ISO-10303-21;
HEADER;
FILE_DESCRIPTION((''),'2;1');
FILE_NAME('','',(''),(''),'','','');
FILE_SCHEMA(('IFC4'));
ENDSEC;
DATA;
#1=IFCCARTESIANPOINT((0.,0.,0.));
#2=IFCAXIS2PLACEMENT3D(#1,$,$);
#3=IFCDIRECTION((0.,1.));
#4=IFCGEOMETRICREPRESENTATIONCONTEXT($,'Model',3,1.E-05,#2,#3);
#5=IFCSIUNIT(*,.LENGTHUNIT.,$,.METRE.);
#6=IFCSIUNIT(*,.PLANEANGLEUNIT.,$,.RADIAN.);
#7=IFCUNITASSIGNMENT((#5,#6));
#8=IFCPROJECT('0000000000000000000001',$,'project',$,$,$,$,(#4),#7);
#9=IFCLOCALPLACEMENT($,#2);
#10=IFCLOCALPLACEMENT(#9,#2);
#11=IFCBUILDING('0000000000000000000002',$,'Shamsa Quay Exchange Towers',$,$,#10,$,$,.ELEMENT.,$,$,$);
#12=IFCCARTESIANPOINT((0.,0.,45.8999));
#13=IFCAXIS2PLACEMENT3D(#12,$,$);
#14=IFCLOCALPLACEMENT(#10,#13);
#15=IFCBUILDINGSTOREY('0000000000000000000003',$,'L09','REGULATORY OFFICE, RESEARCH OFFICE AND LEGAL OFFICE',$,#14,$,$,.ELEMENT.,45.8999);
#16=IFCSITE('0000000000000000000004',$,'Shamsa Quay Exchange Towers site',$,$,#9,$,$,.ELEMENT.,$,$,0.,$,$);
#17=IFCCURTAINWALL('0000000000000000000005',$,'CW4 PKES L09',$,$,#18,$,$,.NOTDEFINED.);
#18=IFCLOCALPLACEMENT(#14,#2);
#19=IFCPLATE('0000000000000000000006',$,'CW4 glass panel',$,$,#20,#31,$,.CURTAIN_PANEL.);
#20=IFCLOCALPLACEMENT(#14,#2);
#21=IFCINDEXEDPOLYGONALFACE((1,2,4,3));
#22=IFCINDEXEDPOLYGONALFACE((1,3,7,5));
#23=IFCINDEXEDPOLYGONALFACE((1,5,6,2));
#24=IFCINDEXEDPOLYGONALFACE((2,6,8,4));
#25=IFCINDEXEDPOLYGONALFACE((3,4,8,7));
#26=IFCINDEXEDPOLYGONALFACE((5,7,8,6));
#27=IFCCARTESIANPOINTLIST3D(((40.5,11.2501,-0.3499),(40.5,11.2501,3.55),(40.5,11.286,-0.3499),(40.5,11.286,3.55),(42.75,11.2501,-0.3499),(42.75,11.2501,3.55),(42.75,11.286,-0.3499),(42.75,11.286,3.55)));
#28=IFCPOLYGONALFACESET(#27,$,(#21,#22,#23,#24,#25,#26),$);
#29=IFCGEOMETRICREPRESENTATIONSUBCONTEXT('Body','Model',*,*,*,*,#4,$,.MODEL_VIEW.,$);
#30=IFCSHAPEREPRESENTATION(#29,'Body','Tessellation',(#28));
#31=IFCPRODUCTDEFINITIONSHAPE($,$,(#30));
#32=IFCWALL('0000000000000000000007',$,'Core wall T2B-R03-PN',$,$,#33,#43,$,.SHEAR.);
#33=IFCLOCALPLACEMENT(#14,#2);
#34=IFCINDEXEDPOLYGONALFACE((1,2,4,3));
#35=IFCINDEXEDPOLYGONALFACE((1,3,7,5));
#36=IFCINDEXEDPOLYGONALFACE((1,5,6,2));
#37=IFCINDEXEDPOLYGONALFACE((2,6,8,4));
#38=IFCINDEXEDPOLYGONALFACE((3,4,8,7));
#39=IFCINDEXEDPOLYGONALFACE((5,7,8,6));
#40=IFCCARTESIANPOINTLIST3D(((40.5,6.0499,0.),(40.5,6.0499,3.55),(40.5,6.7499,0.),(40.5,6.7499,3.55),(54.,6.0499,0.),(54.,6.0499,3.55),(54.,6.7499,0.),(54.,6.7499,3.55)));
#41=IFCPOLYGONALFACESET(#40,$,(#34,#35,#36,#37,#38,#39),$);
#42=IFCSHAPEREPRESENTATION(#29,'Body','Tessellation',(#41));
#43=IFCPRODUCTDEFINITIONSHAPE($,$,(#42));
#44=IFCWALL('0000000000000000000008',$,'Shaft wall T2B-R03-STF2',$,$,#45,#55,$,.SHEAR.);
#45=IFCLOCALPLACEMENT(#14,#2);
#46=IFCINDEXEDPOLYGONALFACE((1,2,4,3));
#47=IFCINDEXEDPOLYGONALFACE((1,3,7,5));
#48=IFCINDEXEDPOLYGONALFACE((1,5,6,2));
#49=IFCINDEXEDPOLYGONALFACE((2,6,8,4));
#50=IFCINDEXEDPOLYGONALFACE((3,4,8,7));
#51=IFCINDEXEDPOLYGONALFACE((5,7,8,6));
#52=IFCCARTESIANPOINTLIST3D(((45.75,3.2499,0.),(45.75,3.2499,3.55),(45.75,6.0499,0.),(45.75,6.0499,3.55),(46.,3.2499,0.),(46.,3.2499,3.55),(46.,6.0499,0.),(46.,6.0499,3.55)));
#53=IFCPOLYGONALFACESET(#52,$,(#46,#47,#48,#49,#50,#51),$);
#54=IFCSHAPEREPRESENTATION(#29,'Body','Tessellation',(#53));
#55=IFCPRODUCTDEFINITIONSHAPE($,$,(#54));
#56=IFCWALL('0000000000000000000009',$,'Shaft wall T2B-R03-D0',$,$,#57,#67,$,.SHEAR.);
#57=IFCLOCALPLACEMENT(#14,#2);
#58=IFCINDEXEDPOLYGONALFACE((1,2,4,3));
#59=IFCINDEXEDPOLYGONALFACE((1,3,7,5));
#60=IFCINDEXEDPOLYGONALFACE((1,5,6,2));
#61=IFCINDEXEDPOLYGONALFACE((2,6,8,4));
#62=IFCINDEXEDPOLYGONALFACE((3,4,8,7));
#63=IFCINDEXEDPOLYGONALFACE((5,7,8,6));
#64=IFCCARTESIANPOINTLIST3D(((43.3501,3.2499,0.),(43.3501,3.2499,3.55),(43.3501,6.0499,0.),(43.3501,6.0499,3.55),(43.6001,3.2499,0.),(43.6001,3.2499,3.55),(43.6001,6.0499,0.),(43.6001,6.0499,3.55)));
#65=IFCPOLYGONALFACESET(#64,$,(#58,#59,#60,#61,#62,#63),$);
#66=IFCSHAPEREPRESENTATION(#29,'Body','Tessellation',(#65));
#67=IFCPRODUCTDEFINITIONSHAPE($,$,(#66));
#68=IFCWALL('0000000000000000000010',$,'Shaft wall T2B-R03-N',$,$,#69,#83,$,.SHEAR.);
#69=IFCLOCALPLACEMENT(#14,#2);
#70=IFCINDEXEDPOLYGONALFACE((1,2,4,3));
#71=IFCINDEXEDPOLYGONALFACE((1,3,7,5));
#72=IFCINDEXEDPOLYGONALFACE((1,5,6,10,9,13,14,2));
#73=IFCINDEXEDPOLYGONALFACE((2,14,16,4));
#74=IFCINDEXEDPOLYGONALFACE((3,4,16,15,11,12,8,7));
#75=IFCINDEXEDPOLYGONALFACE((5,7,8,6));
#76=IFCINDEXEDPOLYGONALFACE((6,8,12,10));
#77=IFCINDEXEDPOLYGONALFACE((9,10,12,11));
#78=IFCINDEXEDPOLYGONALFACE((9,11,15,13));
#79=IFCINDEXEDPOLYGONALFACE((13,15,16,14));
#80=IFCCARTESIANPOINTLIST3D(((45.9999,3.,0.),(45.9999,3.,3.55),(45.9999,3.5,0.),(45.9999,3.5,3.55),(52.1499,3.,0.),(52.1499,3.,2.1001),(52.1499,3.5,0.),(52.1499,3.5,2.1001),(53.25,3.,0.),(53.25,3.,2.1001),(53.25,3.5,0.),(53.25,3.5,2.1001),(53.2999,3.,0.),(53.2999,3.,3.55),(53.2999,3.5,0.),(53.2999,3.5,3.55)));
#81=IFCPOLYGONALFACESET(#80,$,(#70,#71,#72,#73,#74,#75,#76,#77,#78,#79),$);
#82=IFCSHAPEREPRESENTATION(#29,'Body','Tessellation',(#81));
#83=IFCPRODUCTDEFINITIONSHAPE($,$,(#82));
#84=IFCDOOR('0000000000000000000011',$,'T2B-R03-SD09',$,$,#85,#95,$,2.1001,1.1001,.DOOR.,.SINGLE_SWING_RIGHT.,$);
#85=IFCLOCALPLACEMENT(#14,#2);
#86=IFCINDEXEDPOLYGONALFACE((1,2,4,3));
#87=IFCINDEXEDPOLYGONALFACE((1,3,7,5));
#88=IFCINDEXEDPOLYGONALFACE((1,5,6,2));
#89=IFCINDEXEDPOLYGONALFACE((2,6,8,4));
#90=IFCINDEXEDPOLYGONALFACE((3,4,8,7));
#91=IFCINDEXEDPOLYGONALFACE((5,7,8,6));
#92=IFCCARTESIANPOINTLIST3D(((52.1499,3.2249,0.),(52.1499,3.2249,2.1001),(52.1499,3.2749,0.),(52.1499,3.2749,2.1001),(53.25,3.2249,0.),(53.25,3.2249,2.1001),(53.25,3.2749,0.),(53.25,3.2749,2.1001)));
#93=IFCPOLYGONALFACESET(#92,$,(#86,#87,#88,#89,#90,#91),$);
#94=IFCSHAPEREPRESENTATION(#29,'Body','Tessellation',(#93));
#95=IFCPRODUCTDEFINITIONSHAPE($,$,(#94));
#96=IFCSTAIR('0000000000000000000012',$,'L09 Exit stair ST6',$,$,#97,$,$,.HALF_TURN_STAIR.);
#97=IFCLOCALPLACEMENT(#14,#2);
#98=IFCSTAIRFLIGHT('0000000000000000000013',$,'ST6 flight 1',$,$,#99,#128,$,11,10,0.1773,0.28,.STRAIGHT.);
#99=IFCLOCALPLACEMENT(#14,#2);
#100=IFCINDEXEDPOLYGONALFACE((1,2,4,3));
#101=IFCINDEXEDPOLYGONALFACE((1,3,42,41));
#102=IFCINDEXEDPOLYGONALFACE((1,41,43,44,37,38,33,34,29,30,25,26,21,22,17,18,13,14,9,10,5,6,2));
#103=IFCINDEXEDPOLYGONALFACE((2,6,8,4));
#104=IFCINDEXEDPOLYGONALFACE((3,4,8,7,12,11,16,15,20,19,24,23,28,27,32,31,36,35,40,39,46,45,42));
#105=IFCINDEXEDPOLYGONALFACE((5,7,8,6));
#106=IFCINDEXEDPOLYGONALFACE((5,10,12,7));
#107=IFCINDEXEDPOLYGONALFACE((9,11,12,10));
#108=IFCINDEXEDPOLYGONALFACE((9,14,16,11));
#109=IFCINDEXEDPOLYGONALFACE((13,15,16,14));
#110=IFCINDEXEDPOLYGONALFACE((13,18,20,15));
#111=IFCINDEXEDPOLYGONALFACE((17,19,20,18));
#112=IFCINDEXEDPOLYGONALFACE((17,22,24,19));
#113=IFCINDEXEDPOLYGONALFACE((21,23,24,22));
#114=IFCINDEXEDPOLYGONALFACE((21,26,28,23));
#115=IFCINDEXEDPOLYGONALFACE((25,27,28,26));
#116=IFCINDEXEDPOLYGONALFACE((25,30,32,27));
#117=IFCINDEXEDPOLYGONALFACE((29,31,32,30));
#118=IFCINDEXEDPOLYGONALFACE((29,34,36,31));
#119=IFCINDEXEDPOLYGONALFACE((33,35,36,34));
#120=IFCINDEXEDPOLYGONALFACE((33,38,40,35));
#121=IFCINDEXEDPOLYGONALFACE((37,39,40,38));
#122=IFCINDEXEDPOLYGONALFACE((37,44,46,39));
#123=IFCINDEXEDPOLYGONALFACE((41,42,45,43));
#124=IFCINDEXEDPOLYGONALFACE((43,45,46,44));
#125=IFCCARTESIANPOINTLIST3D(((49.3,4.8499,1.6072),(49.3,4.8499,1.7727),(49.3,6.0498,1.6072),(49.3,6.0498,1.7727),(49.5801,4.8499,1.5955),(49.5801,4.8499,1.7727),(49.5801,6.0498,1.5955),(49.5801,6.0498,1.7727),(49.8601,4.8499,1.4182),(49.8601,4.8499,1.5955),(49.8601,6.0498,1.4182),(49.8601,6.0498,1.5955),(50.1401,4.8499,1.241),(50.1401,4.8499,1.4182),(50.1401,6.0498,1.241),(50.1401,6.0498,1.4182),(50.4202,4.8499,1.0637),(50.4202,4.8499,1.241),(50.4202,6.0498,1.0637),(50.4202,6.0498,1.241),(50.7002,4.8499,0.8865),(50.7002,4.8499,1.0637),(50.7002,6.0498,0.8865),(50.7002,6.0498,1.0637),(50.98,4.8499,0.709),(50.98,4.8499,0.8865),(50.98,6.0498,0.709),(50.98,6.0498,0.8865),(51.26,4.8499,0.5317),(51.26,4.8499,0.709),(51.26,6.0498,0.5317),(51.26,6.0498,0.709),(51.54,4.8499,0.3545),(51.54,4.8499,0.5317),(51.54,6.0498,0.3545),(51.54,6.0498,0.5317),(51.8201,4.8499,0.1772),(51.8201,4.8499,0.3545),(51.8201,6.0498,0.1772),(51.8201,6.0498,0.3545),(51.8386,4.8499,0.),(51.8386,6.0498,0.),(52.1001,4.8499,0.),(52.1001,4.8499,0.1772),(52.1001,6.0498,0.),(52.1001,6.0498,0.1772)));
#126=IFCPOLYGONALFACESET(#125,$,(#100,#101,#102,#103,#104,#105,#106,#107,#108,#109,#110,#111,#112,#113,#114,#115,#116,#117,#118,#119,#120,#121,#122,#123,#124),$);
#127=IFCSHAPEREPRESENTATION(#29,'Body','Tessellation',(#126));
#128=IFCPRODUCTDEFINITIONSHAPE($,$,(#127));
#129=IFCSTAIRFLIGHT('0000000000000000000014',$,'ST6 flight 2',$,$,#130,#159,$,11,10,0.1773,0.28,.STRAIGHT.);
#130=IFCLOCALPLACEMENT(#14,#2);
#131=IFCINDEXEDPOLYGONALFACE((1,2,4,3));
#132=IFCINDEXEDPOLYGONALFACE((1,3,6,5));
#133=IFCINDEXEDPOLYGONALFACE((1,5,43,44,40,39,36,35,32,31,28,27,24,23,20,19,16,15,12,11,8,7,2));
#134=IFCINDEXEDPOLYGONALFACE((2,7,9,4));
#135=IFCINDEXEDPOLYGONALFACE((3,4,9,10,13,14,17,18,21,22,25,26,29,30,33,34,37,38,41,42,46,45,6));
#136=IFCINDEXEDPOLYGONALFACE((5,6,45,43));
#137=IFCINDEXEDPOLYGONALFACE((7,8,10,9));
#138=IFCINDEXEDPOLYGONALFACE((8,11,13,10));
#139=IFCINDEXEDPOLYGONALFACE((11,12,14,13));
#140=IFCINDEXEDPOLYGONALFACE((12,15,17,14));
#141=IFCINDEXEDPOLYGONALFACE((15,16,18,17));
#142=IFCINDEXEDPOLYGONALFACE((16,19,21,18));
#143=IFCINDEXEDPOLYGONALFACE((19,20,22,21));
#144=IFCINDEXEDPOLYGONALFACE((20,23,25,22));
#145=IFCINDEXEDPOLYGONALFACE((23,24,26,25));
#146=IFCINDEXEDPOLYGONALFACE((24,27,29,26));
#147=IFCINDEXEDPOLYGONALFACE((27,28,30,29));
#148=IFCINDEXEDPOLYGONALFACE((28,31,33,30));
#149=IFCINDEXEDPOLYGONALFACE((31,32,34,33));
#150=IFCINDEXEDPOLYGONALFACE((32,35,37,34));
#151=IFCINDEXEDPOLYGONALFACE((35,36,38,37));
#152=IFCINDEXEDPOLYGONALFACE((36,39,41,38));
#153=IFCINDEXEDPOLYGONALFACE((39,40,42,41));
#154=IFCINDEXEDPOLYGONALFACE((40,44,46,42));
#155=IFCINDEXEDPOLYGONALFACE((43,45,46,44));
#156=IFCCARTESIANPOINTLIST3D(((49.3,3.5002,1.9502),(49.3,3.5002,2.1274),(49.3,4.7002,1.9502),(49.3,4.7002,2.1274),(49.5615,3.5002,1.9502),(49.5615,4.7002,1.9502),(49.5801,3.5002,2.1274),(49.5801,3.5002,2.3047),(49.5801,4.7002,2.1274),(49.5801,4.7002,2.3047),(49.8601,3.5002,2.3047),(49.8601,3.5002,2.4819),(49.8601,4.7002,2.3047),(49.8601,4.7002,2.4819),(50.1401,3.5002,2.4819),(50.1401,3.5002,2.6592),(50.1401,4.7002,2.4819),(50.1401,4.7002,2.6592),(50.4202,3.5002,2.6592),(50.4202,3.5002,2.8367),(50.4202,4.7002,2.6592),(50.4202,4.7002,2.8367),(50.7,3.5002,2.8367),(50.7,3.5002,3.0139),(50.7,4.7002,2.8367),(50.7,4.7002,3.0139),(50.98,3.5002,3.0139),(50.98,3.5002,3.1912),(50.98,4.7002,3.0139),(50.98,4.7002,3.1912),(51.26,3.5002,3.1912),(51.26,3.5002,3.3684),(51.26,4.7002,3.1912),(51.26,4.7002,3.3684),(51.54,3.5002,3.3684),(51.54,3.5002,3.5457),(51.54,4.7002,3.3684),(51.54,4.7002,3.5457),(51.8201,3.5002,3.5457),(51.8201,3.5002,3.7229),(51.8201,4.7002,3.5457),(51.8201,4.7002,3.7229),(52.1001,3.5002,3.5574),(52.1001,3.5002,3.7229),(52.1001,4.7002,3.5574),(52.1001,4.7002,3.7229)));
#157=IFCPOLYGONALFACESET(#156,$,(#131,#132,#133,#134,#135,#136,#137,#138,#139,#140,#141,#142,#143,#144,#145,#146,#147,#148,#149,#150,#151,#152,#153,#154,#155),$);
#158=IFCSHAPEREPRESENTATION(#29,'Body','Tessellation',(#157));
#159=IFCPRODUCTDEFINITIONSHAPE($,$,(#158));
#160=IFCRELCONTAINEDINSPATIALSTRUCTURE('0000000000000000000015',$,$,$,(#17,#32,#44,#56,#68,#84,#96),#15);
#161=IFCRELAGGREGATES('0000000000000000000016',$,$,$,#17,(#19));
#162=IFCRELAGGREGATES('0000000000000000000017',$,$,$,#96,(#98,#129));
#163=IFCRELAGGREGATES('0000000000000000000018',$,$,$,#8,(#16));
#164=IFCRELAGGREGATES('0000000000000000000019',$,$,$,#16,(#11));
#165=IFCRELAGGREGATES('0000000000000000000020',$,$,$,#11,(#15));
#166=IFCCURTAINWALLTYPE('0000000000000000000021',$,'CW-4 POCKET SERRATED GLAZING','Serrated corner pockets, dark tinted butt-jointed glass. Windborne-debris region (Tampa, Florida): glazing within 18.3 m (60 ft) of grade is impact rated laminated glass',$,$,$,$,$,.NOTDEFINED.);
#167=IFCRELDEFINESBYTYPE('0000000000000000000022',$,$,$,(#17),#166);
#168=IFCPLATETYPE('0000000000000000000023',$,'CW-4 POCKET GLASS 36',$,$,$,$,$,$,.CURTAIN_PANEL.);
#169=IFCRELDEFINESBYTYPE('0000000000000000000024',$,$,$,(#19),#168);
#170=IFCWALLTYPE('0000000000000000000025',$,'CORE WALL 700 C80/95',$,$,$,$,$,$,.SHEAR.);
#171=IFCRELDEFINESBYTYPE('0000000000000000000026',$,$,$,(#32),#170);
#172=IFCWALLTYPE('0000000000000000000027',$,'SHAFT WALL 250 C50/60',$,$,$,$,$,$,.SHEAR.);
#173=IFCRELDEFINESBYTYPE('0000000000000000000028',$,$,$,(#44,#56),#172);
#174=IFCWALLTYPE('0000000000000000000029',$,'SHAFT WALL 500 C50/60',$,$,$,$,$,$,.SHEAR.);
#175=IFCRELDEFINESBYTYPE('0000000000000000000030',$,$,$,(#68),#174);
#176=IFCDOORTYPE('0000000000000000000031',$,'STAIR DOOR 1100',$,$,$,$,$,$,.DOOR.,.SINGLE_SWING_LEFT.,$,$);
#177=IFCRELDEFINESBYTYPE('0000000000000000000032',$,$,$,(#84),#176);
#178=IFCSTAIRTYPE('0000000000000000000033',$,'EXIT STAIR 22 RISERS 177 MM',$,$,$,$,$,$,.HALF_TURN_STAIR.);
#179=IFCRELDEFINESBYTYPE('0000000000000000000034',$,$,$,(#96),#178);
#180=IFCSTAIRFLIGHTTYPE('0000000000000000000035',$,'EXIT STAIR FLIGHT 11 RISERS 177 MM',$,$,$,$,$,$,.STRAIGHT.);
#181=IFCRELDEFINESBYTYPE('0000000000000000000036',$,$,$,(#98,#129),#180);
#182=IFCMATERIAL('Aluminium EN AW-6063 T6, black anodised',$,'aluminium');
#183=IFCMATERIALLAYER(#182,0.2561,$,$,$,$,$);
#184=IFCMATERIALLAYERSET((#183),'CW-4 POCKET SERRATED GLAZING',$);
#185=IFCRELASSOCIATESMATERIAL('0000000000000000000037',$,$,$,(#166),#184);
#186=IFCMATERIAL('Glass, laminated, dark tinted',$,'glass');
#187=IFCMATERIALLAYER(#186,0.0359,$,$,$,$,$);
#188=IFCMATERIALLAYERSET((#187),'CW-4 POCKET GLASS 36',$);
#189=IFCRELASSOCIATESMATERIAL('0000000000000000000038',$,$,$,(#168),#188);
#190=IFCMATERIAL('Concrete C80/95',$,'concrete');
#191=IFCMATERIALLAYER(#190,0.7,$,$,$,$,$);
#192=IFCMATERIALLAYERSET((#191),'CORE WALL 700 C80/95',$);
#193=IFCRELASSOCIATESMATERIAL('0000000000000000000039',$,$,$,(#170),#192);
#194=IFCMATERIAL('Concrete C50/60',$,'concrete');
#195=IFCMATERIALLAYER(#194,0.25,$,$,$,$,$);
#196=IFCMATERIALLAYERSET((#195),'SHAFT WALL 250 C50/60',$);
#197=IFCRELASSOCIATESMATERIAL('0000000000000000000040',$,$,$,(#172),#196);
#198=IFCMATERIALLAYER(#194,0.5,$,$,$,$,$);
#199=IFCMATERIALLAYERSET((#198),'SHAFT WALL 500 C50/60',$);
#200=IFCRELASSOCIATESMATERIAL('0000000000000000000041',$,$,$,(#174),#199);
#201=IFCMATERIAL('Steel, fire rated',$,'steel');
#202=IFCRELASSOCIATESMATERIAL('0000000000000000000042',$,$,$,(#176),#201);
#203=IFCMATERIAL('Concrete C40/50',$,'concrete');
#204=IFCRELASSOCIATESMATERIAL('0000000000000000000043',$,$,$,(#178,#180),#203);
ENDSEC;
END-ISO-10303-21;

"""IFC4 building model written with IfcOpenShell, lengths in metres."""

from ifc_helpers import new_model, si_unit, direction, frame, frame_2d, origin, origin_2d, place, context, subcontext, project, spatial, polyline, rectangle, outline, extrude, material, layer, layer_set, type_object, element, fill, aggregate, save


model = new_model("IFC4")

# Units and contexts
model_context = context("Model", 3, precision=1e-05, world=origin(), true_north=direction((0.0, 1.0)))
body_context = subcontext(model_context, "Body", "Model", "MODEL_VIEW")
ifc_project = project(units=[si_unit("LENGTHUNIT", "METRE"), si_unit("PLANEANGLEUNIT", "RADIAN")], contexts=[model_context])

# Site, building, storey
site_placement = place(None, origin())
site = spatial("IfcSite", under=ifc_project, at=site_placement, Name="Shamsa Quay Exchange Towers site", CompositionType="ELEMENT", RefElevation=0.0)
building_placement = place(site_placement, origin())
building = spatial("IfcBuilding", under=site, at=building_placement, Name="Shamsa Quay Exchange Towers", CompositionType="ELEMENT")
storey_placement = place(building_placement, frame((0.0, 0.0, 45.8999)))
storey = spatial("IfcBuildingStorey", under=building, at=storey_placement, Name="L09", Description="REGULATORY OFFICE, RESEARCH OFFICE AND LEGAL OFFICE", CompositionType="ELEMENT", Elevation=45.8999)

# Shared definitions
ifc_material_1 = material(Name="Aluminium EN AW-6063 T6, black anodised", Category="aluminium")
ifc_material_2 = material(Name="Glass, laminated, dark tinted", Category="glass")

# Curtain wall, plate
ifc_layer_1 = layer(ifc_material_1, 0.2561)
ifc_layer_set_1 = layer_set([ifc_layer_1], Name="CW-4 POCKET SERRATED GLAZING")
curtain_wall_type_1 = type_object("IfcCurtainWallType", Name="CW-4 POCKET SERRATED GLAZING", Description="Serrated corner pockets, dark tinted butt-jointed glass. Windborne-debris region (Tampa, Florida): glazing within 18.3 m (60 ft) of grade is impact rated laminated glass", PredefinedType="NOTDEFINED", material=ifc_layer_set_1)
curtain_wall_1_placement = place(storey_placement, origin())
curtain_wall_1 = element("IfcCurtainWall", 1, at=curtain_wall_1_placement, inside=storey, type_object=curtain_wall_type_1, Name="CW4 PKES L09", PredefinedType="NOTDEFINED")
ifc_layer_2 = layer(ifc_material_2, 0.0359)
ifc_layer_set_2 = layer_set([ifc_layer_2], Name="CW-4 POCKET GLASS 36")
plate_type_1 = type_object("IfcPlateType", Name="CW-4 POCKET GLASS 36", PredefinedType="CURTAIN_PANEL", material=ifc_layer_set_2)
plate_1_placement = place(storey_placement, frame((41.625, 11.2681, -0.3499), z_axis=(0.0, 0.0, 1.0), x_axis=(-1.0, 0.0, 0.0)))
plate_1 = element("IfcPlate", 2, at=plate_1_placement, type_object=plate_type_1, Name="CW4 glass panel", PredefinedType="CURTAIN_PANEL", context=body_context, shape_type="SweptSolid", body=[
    extrude(rectangle(XDim=2.25, YDim=0.0359, at=origin_2d()), origin(), (0.0, 0.0, 1.0), 3.8999),
])
aggregate(curtain_wall_1, [plate_1])

# Walls
ifc_material_3 = material(Name="Concrete C80/95", Category="concrete")
ifc_layer_3 = layer(ifc_material_3, 0.7)
ifc_layer_set_3 = layer_set([ifc_layer_3], Name="CORE WALL 700 C80/95")
wall_type_1 = type_object("IfcWallType", Name="CORE WALL 700 C80/95", PredefinedType="SHEAR", material=ifc_layer_set_3)
wall_1_placement = place(storey_placement, frame((54.0, 6.3999, 0.0), z_axis=(0.0, 0.0, 1.0), x_axis=(-1.0, 0.0, 0.0)))
element("IfcWall", 3, at=wall_1_placement, inside=storey, type_object=wall_type_1, Name="Core wall T2B-R03-PN", PredefinedType="SHEAR", context=body_context, shape_type="SweptSolid", body=[
    extrude(rectangle(XDim=13.5, YDim=0.7, at=frame_2d((6.75, 0.0))), origin(), (0.0, 0.0, 1.0), 3.55),
])
ifc_material_4 = material(Name="Concrete C50/60", Category="concrete")
ifc_layer_4 = layer(ifc_material_4, 0.25)
ifc_layer_set_4 = layer_set([ifc_layer_4], Name="SHAFT WALL 250 C50/60")
wall_type_2 = type_object("IfcWallType", Name="SHAFT WALL 250 C50/60", PredefinedType="SHEAR", material=ifc_layer_set_4)
for number, where, z_axis, x_axis, name in (
    (4, (45.875, 3.25, 0.0), (0.0, 0.0, 1.0), (0.0, 1.0, 0.0), "Shaft wall T2B-R03-STF2"),
    (5, (43.4751, 3.25, 0.0), (0.0, 0.0, 1.0), (0.0, 1.0, 0.0), "Shaft wall T2B-R03-D0"),
):
    element("IfcWall", number, at=place(storey_placement, frame(where, z_axis=z_axis, x_axis=x_axis)), inside=storey, type_object=wall_type_2, Name=name, PredefinedType="SHEAR", context=body_context, shape_type="SweptSolid", body=[
        extrude(rectangle(XDim=2.8, YDim=0.25, at=frame_2d((1.3999, 0.0))), origin(), (0.0, 0.0, 1.0), 3.55),
    ])

# Wall, opening, door
ifc_layer_5 = layer(ifc_material_4, 0.5)
ifc_layer_set_5 = layer_set([ifc_layer_5], Name="SHAFT WALL 500 C50/60")
wall_type_3 = type_object("IfcWallType", Name="SHAFT WALL 500 C50/60", PredefinedType="SHEAR", material=ifc_layer_set_5)
wall_2_placement = place(storey_placement, frame((46.0, 3.25, 0.0)))
wall_2 = element("IfcWall", 6, at=wall_2_placement, inside=storey, type_object=wall_type_3, Name="Shaft wall T2B-R03-N", PredefinedType="SHEAR", context=body_context, shape_type="SweptSolid", body=[
    extrude(rectangle(XDim=7.3, YDim=0.5, at=frame_2d((3.6499, 0.0))), origin(), (0.0, 0.0, 1.0), 3.55),
])
opening_placement = place(wall_2_placement, frame((6.1499, 0.0, 0.0)))
opening = element("IfcOpeningElement", 7, at=opening_placement, cuts=wall_2, PredefinedType="OPENING", context=body_context, shape_type="SweptSolid", body=[
    extrude(rectangle(XDim=1.1001, YDim=2.1001, at=frame_2d((0.55, 1.05))), frame((0.0, 0.26, 0.0), z_axis=(0.0, -1.0, 0.0), x_axis=(1.0, 0.0, 0.0)), (0.0, 0.0, 1.0), 0.52),
])
ifc_material_5 = material(Name="Steel, fire rated", Category="steel")
door_type = type_object("IfcDoorType", Name="STAIR DOOR 1100", OperationType="SINGLE_SWING_LEFT", PredefinedType="DOOR", material=ifc_material_5)
door_placement = place(opening_placement, origin())
door = element("IfcDoor", 8, at=door_placement, inside=storey, type_object=door_type, Name="T2B-R03-SD09", OperationType="SINGLE_SWING_RIGHT", OverallHeight=2.1001, OverallWidth=1.1001, PredefinedType="DOOR", context=body_context, shape_type="SweptSolid", body=[
    extrude(rectangle(XDim=1.1001, YDim=2.1001, at=frame_2d((0.55, 1.05))), frame((0.0, 0.0249, 0.0), z_axis=(0.0, -1.0, 0.0), x_axis=(1.0, 0.0, 0.0)), (0.0, 0.0, 1.0), 0.05),
])
fill(opening, door)

# Stair, stair flights
ifc_material_6 = material(Name="Concrete C40/50", Category="concrete")
stair_type = type_object("IfcStairType", Name="EXIT STAIR 22 RISERS 177 MM", PredefinedType="HALF_TURN_STAIR", material=ifc_material_6)
stair_placement = place(storey_placement, origin())
stair = element("IfcStair", 9, at=stair_placement, inside=storey, type_object=stair_type, Name="L09 Exit stair ST6", PredefinedType="HALF_TURN_STAIR")
stair_flight_type = type_object("IfcStairFlightType", Name="EXIT STAIR FLIGHT 11 RISERS 177 MM", PredefinedType="STRAIGHT", material=ifc_material_6)
stair_flight_1_placement = place(storey_placement, frame((52.1001, 5.45, 0.0), z_axis=(0.0, 0.0, 1.0), x_axis=(-1.0, 0.0, 0.0)))
stair_flight_1 = element("IfcStairFlight", 10, at=stair_flight_1_placement, type_object=stair_flight_type, Name="ST6 flight 1", NumberOfRisers=11, NumberOfTreads=10, PredefinedType="STRAIGHT", RiserHeight=0.1773, TreadLength=0.28, context=body_context, shape_type="SweptSolid", body=[
    extrude(outline(polyline([(0.0, 0.0), (0.0, 0.1772), (0.28, 0.1772), (0.28, 0.3545), (0.5601, 0.3545), (0.5601, 0.5317), (0.8401, 0.5317), (0.8401, 0.709), (1.1201, 0.709), (1.1201, 0.8865), (1.3999, 0.8865), (1.3999, 1.0637), (1.6799, 1.0637), (1.6799, 1.241), (1.96, 1.241), (1.96, 1.4182), (2.24, 1.4182), (2.24, 1.5955), (2.52, 1.5955), (2.52, 1.7727), (2.8, 1.7727), (2.8, 1.95), (2.8, 1.6072), (0.2615, 0.0), (0.0, 0.0)])), frame((0.0, 0.6001, 0.0), z_axis=(0.0, -1.0, 0.0), x_axis=(1.0, 0.0, 0.0)), (0.0, 0.0, 1.0), 1.2),
])
stair_flight_2_placement = place(storey_placement, frame((49.3, 4.1001, 1.9502)))
stair_flight_2 = element("IfcStairFlight", 11, at=stair_flight_2_placement, type_object=stair_flight_type, Name="ST6 flight 2", NumberOfRisers=11, NumberOfTreads=10, PredefinedType="STRAIGHT", RiserHeight=0.1773, TreadLength=0.28, context=body_context, shape_type="SweptSolid", body=[
    extrude(outline(polyline([(0.0, 0.0), (0.0, 0.1772), (0.28, 0.1772), (0.28, 0.3545), (0.5601, 0.3545), (0.5601, 0.5317), (0.8401, 0.5317), (0.8401, 0.709), (1.1201, 0.709), (1.1201, 0.8865), (1.3999, 0.8865), (1.3999, 1.0637), (1.6799, 1.0637), (1.6799, 1.241), (1.96, 1.241), (1.96, 1.4182), (2.24, 1.4182), (2.24, 1.5955), (2.52, 1.5955), (2.52, 1.7727), (2.8, 1.7727), (2.8, 1.95), (2.8, 1.6072), (0.2615, 0.0), (0.0, 0.0)])), frame((0.0, 0.6001, 0.0), z_axis=(0.0, -1.0, 0.0), x_axis=(1.0, 0.0, 0.0)), (0.0, 0.0, 1.0), 1.2),
])
aggregate(stair, [stair_flight_1, stair_flight_2])

save(model, "model.ifc")
